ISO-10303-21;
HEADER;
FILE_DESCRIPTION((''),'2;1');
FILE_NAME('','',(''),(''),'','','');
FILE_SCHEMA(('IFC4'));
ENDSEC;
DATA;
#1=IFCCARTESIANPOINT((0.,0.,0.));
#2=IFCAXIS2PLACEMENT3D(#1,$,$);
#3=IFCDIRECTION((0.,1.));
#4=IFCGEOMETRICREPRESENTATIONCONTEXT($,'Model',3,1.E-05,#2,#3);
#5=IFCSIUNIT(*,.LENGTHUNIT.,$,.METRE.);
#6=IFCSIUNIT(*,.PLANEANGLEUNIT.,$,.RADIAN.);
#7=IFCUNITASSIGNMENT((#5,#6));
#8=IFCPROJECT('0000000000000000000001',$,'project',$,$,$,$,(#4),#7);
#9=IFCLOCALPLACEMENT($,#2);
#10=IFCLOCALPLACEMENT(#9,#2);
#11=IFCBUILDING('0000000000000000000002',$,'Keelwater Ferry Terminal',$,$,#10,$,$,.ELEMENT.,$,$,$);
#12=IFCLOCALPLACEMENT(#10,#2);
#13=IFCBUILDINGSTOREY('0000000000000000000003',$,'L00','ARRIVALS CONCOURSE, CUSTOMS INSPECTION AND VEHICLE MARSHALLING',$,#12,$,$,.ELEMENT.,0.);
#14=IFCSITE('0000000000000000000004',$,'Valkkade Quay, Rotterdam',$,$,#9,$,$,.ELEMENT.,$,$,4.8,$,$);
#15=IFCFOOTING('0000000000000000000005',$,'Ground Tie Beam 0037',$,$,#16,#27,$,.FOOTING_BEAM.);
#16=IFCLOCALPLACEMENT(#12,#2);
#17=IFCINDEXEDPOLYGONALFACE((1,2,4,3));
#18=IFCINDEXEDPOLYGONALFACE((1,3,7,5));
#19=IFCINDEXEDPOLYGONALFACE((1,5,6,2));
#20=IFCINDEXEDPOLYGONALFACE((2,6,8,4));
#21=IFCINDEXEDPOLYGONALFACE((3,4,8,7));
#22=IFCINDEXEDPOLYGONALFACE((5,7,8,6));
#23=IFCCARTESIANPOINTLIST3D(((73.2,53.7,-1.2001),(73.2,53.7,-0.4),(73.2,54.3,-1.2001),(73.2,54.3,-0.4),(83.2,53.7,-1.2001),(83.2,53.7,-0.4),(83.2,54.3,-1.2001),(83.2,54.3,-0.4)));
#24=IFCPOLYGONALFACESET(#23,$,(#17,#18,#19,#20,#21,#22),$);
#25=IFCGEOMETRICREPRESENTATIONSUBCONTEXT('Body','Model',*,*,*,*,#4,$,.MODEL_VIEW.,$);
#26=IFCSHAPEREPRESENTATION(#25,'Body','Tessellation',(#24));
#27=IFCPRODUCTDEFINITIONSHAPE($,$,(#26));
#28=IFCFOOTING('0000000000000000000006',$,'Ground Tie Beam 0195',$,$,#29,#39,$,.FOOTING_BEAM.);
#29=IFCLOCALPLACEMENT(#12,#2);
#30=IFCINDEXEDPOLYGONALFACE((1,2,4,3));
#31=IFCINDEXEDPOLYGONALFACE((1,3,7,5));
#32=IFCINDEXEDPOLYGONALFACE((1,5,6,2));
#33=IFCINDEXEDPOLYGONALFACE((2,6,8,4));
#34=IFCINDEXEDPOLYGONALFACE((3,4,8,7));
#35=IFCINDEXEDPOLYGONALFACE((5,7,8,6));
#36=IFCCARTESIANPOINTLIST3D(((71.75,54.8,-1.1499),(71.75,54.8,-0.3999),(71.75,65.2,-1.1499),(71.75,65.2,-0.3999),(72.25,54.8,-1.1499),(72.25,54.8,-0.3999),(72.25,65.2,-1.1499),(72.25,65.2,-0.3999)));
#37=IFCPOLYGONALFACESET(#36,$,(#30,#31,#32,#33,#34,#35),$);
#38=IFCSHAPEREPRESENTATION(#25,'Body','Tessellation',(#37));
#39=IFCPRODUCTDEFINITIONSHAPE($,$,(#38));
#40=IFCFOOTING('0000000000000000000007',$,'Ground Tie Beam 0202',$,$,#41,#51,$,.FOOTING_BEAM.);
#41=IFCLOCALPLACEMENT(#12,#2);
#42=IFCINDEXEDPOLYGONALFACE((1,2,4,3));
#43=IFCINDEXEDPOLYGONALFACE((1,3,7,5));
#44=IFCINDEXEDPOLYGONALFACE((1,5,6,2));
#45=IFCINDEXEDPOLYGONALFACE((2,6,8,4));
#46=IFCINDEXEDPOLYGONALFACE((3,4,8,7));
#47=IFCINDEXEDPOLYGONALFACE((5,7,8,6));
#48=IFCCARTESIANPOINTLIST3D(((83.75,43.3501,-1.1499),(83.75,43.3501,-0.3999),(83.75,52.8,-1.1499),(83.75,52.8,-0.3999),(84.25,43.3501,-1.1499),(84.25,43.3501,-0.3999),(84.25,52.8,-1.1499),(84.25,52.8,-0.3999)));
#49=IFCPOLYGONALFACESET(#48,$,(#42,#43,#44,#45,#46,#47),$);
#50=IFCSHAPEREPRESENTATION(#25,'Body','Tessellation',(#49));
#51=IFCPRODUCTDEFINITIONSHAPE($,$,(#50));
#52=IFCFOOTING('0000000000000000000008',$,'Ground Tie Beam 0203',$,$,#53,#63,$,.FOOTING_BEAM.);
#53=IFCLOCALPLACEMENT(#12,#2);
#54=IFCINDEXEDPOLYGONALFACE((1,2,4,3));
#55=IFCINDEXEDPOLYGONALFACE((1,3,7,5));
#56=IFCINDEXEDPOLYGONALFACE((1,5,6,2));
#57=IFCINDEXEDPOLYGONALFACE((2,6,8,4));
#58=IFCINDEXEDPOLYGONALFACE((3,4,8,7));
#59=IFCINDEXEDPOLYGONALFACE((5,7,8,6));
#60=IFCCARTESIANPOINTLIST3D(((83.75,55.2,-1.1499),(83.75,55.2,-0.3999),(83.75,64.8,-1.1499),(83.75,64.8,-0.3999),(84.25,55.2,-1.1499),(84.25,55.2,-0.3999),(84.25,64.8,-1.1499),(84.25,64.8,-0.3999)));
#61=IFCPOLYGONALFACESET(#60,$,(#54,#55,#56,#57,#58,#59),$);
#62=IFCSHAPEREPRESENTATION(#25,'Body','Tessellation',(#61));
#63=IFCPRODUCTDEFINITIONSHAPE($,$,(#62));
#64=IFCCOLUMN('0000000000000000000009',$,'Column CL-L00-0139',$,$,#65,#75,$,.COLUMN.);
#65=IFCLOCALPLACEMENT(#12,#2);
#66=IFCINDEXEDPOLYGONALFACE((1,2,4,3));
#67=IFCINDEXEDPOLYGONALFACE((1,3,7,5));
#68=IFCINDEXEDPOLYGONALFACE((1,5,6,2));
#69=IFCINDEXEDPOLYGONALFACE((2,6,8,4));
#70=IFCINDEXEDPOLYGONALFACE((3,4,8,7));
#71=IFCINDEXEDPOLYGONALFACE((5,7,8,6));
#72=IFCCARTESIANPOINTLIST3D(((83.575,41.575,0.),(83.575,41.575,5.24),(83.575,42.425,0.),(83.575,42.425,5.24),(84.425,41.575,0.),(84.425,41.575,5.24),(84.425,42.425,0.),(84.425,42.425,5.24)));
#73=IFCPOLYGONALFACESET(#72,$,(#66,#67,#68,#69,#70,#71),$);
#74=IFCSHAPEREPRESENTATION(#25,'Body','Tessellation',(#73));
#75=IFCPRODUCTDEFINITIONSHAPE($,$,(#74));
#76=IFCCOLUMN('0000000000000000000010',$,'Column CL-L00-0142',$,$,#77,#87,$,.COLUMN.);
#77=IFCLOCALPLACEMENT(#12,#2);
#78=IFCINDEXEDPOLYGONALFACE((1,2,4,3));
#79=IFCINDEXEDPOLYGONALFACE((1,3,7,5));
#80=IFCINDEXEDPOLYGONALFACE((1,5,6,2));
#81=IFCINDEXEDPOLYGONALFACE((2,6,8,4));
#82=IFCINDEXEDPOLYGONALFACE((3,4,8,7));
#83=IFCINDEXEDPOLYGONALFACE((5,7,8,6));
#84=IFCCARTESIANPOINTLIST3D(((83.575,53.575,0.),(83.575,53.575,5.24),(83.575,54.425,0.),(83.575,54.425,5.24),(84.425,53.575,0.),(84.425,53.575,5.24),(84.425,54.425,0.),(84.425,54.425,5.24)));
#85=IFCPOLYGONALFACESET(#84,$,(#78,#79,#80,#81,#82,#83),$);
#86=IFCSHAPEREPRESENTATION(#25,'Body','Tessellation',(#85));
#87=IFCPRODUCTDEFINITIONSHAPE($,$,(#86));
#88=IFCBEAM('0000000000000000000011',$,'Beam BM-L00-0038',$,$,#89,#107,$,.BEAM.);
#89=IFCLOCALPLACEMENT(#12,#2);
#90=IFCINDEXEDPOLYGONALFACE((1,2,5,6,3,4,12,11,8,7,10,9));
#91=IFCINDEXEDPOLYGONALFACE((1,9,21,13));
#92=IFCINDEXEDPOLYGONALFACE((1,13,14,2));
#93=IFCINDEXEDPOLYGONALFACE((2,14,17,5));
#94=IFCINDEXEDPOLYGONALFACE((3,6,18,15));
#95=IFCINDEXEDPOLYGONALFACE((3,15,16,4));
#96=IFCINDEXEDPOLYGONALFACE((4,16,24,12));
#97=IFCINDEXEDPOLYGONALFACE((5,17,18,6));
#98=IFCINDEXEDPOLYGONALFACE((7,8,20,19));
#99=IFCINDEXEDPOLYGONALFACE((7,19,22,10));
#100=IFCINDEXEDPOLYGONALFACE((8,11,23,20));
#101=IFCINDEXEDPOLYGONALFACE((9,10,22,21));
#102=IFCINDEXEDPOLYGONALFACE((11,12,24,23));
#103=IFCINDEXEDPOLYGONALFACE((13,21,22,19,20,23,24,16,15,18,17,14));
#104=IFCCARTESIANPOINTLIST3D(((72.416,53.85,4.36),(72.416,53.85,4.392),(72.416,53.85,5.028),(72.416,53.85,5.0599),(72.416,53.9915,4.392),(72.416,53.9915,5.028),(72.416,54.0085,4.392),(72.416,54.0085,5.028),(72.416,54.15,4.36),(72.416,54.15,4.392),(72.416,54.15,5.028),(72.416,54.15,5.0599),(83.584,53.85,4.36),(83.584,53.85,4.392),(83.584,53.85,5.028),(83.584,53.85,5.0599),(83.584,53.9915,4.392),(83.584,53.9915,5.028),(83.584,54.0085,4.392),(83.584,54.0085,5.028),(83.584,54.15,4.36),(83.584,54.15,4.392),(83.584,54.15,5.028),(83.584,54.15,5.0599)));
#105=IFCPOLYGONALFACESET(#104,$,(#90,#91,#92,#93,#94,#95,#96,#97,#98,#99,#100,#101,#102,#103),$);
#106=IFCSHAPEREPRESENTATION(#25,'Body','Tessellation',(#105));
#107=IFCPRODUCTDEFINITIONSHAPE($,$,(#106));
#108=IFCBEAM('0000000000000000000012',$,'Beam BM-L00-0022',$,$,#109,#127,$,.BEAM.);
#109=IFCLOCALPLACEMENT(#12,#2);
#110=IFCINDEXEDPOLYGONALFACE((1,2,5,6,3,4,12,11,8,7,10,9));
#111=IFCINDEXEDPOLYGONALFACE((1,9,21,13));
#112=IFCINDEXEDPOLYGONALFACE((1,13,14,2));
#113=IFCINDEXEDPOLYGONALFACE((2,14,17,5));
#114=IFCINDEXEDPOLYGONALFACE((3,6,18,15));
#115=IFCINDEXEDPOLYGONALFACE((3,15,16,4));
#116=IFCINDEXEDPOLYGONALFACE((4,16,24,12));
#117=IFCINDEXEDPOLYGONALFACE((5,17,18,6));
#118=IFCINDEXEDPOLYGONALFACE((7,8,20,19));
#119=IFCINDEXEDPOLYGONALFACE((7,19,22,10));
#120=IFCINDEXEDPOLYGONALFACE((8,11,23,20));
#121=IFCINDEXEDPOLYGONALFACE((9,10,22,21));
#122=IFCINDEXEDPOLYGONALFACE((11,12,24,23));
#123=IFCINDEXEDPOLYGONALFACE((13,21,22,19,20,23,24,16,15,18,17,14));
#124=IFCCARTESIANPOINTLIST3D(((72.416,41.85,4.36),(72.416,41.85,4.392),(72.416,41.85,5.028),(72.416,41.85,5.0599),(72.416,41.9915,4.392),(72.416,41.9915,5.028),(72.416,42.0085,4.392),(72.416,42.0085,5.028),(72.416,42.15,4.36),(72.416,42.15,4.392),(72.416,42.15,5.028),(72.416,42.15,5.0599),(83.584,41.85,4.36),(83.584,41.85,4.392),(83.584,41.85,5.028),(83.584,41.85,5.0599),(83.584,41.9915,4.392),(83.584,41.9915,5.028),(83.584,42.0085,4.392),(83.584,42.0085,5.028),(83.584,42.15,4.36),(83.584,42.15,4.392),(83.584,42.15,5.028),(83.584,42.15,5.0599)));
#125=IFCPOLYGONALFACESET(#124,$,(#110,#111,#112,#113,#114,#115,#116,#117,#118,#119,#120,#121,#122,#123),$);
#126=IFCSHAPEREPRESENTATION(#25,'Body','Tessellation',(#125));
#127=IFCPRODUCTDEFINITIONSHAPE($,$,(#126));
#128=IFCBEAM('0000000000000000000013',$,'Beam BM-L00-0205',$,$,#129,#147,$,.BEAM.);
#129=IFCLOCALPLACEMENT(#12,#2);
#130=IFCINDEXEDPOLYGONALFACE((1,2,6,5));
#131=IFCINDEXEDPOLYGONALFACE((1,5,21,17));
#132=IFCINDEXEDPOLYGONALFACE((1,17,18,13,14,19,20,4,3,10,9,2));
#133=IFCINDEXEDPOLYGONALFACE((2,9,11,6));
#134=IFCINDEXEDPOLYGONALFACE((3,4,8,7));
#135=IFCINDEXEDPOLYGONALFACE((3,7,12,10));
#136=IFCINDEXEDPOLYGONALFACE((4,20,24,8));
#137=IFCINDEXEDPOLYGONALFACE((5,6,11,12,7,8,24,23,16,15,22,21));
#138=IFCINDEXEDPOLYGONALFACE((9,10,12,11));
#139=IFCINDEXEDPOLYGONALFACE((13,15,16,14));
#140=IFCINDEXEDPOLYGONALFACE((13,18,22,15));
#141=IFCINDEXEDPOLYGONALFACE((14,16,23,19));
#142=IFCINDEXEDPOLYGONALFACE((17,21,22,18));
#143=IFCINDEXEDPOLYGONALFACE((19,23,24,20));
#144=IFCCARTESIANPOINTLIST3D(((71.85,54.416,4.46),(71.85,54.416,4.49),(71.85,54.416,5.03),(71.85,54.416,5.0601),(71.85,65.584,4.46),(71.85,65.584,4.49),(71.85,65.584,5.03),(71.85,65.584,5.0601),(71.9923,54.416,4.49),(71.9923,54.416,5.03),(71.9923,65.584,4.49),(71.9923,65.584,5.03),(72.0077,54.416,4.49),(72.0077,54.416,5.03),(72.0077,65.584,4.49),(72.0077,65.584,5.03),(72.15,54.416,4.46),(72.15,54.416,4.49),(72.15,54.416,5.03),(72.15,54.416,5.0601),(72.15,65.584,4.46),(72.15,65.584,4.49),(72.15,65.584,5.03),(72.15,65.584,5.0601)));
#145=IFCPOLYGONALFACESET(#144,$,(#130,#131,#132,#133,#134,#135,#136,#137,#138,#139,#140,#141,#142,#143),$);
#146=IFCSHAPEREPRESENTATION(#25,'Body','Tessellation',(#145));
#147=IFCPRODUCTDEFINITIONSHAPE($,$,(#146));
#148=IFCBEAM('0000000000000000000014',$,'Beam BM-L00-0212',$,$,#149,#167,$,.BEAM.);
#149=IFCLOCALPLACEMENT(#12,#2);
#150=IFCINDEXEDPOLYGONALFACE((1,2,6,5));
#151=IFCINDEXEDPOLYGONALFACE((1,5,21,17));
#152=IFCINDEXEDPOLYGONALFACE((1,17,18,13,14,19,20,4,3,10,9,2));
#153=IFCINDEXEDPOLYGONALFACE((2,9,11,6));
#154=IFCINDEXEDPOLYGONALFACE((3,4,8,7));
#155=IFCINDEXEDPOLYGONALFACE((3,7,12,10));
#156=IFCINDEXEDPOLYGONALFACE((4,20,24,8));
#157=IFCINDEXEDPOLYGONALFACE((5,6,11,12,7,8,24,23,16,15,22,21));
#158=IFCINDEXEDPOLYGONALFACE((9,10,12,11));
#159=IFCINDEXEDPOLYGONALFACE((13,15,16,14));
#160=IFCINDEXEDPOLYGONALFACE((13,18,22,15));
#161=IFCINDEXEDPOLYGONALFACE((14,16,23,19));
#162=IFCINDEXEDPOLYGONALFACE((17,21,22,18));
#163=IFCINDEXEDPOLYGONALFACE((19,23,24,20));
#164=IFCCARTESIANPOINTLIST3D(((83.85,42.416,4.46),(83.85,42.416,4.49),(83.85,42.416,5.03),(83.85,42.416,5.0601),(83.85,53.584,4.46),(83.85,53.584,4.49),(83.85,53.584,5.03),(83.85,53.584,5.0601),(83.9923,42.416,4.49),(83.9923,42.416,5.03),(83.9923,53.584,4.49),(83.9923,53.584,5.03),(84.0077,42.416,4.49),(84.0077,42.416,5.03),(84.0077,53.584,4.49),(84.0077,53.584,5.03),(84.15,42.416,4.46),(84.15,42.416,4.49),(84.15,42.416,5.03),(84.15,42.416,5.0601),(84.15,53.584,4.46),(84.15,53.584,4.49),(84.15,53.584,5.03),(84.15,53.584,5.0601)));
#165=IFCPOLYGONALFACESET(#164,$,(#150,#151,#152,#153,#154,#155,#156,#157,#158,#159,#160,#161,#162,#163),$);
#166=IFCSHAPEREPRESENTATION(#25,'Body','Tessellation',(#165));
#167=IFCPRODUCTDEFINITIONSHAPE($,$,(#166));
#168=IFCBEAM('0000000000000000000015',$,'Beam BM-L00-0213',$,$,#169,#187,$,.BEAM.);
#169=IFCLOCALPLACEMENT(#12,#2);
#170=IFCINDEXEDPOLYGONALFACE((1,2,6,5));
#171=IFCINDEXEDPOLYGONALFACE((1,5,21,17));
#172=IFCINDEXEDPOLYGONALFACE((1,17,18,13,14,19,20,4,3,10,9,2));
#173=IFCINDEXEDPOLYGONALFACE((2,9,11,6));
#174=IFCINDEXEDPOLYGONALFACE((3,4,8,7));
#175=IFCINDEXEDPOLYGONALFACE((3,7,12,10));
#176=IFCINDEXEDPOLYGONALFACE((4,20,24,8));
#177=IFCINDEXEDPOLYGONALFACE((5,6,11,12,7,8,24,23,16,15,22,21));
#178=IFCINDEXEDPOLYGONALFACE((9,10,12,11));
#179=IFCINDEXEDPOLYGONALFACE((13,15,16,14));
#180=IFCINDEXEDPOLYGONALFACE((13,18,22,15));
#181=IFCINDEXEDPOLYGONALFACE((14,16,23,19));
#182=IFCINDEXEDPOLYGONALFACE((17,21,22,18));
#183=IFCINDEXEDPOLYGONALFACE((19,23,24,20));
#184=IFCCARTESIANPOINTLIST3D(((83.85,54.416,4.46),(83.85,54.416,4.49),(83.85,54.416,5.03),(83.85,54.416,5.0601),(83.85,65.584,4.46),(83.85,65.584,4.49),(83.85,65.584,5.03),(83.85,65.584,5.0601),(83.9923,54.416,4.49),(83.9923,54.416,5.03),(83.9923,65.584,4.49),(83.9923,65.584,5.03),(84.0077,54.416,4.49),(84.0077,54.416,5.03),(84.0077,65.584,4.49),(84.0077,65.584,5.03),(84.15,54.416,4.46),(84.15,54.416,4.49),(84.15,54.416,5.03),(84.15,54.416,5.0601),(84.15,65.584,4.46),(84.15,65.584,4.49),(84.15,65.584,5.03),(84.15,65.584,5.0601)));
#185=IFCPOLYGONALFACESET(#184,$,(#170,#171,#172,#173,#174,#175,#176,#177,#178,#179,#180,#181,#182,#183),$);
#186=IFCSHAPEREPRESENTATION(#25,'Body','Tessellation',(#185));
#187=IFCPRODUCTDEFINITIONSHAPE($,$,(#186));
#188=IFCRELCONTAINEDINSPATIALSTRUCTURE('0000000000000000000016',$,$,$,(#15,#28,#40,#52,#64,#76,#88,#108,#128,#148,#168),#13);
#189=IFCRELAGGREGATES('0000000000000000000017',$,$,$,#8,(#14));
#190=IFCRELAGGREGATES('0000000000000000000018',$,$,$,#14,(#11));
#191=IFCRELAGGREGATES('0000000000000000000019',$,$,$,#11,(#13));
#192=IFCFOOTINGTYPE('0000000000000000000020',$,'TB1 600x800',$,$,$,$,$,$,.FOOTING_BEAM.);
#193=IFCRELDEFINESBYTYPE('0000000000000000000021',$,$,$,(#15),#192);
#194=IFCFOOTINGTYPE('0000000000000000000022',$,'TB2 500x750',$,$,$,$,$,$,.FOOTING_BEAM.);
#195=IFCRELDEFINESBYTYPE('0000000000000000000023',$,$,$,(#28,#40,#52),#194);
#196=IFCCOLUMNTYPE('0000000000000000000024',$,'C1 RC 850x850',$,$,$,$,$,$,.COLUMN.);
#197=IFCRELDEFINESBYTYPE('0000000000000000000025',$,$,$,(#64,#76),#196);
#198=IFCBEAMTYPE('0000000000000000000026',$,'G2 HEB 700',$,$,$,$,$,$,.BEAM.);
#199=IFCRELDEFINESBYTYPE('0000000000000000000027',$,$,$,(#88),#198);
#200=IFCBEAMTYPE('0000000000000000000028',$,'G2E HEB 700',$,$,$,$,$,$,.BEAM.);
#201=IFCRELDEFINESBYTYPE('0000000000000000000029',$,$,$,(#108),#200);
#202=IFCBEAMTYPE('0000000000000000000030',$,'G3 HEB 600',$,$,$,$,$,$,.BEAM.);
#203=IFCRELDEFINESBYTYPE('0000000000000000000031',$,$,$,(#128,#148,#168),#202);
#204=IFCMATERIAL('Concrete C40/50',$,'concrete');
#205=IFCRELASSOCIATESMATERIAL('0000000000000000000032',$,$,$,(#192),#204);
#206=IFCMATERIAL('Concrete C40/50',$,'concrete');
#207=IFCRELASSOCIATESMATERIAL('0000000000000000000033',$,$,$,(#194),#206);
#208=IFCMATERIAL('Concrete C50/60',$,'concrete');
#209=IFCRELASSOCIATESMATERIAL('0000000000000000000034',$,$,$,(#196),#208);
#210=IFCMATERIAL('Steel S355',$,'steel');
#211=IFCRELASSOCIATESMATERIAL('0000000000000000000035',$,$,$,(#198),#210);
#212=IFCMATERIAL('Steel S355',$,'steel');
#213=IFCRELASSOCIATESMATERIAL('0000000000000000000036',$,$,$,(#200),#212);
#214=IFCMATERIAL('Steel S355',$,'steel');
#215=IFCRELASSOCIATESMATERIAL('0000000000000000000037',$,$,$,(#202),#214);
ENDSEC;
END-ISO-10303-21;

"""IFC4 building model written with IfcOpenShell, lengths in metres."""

from ifc_helpers import new_model, si_unit, direction, frame, origin, origin_2d, place, context, subcontext, project, spatial, rectangle, i_section, extrude, material, material_profile, profile_set, type_object, element, save


model = new_model("IFC4")

# Units and contexts
model_context = context("Model", 3, precision=1e-05, world=origin(), true_north=direction((0.0, 1.0)))
body_context = subcontext(model_context, "Body", "Model", "MODEL_VIEW")
ifc_project = project(units=[si_unit("LENGTHUNIT", "METRE"), si_unit("PLANEANGLEUNIT", "RADIAN")], contexts=[model_context])

# Site, building, storey
site_placement = place(None, origin())
site = spatial("IfcSite", under=ifc_project, at=site_placement, Name="Valkkade Quay, Rotterdam", CompositionType="ELEMENT", RefElevation=4.8)
building_placement = place(site_placement, origin())
building = spatial("IfcBuilding", under=site, at=building_placement, Name="Keelwater Ferry Terminal", CompositionType="ELEMENT")
storey_placement = place(building_placement, origin())
storey = spatial("IfcBuildingStorey", under=building, at=storey_placement, Name="L00", Description="ARRIVALS CONCOURSE, CUSTOMS INSPECTION AND VEHICLE MARSHALLING", CompositionType="ELEMENT", Elevation=0.0)

# Footings
ifc_material_1 = material(Name="Concrete C40/50", Category="concrete")
ifc_material_profile_1 = material_profile(ifc_material_1, rectangle(XDim=0.6001, YDim=0.8, at=origin_2d()), Name="TB 600x800")
ifc_profile_set_1 = profile_set([ifc_material_profile_1], Name="Concrete C40/50")
footing_type_1 = type_object("IfcFootingType", Name="TB1 600x800", PredefinedType="FOOTING_BEAM", material=ifc_profile_set_1)
footing_1_placement = place(storey_placement, frame((73.2, 54.0, -0.8), z_axis=(1.0, 0.0, 0.0), x_axis=(0.0, 1.0, 0.0)))
element("IfcFooting", 1, at=footing_1_placement, inside=storey, type_object=footing_type_1, Name="Ground Tie Beam 0037", PredefinedType="FOOTING_BEAM", context=body_context, shape_type="SweptSolid", body=[
    extrude(rectangle(XDim=0.6001, YDim=0.8, at=origin_2d()), origin(), (0.0, 0.0, 1.0), 10.0),
])
ifc_material_2 = material(Name="Concrete C40/50", Category="concrete")
ifc_material_profile_2 = material_profile(ifc_material_2, rectangle(XDim=0.5, YDim=0.75, at=origin_2d()), Name="TB 500x750")
ifc_profile_set_2 = profile_set([ifc_material_profile_2], Name="Concrete C40/50")
footing_type_2 = type_object("IfcFootingType", Name="TB2 500x750", PredefinedType="FOOTING_BEAM", material=ifc_profile_set_2)
footing_2_placement = place(storey_placement, frame((72.0, 54.8, -0.7749), z_axis=(0.0, 1.0, 0.0), x_axis=(-1.0, 0.0, 0.0)))
element("IfcFooting", 2, at=footing_2_placement, inside=storey, type_object=footing_type_2, Name="Ground Tie Beam 0195", PredefinedType="FOOTING_BEAM", context=body_context, shape_type="SweptSolid", body=[
    extrude(rectangle(XDim=0.5, YDim=0.75, at=origin_2d()), origin(), (0.0, 0.0, 1.0), 10.3999),
])
footing_3_placement = place(storey_placement, frame((84.0, 43.3501, -0.7749), z_axis=(0.0, 1.0, 0.0), x_axis=(-1.0, 0.0, 0.0)))
element("IfcFooting", 3, at=footing_3_placement, inside=storey, type_object=footing_type_2, Name="Ground Tie Beam 0202", PredefinedType="FOOTING_BEAM", context=body_context, shape_type="SweptSolid", body=[
    extrude(rectangle(XDim=0.5, YDim=0.75, at=origin_2d()), origin(), (0.0, 0.0, 1.0), 9.45),
])
footing_4_placement = place(storey_placement, frame((84.0, 55.2, -0.7749), z_axis=(0.0, 1.0, 0.0), x_axis=(-1.0, 0.0, 0.0)))
element("IfcFooting", 4, at=footing_4_placement, inside=storey, type_object=footing_type_2, Name="Ground Tie Beam 0203", PredefinedType="FOOTING_BEAM", context=body_context, shape_type="SweptSolid", body=[
    extrude(rectangle(XDim=0.5, YDim=0.75, at=origin_2d()), origin(), (0.0, 0.0, 1.0), 9.6001),
])

# Columns
ifc_material_3 = material(Name="Concrete C50/60", Category="concrete")
ifc_material_profile_3 = material_profile(ifc_material_3, rectangle(XDim=0.8501, YDim=0.8501, at=origin_2d()), Name="RC 850x850")
ifc_profile_set_3 = profile_set([ifc_material_profile_3], Name="Concrete C50/60")
column_type = type_object("IfcColumnType", Name="C1 RC 850x850", PredefinedType="COLUMN", material=ifc_profile_set_3)
for number, where, z_axis, x_axis, name in (
    (5, (84.0, 42.0, 0.0), (0.0, 0.0, 1.0), (1.0, 0.0, 0.0), "Column CL-L00-0139"),
    (6, (84.0, 54.0, 0.0), (0.0, 0.0, 1.0), (1.0, 0.0, 0.0), "Column CL-L00-0142"),
):
    element("IfcColumn", number, at=place(storey_placement, frame(where, z_axis=z_axis, x_axis=x_axis)), inside=storey, type_object=column_type, Name=name, PredefinedType="COLUMN", context=body_context, shape_type="SweptSolid", body=[
        extrude(rectangle(XDim=0.8501, YDim=0.8501, at=origin_2d()), origin(), (0.0, 0.0, 1.0), 5.24),
    ])

# Beams
ifc_material_4 = material(Name="Steel S355", Category="steel")
ifc_material_profile_4 = material_profile(ifc_material_4, i_section(OverallWidth=0.3, OverallDepth=0.7, WebThickness=0.0171, FlangeThickness=0.032, at=origin_2d()), Name="HEB 700")
ifc_profile_set_4 = profile_set([ifc_material_profile_4], Name="Steel S355")
beam_type_1 = type_object("IfcBeamType", Name="G2 HEB 700", PredefinedType="BEAM", material=ifc_profile_set_4)
beam_1_placement = place(storey_placement, frame((72.416, 54.0, 4.71), z_axis=(1.0, 0.0, 0.0), x_axis=(0.0, 1.0, 0.0)))
element("IfcBeam", 7, at=beam_1_placement, inside=storey, type_object=beam_type_1, Name="Beam BM-L00-0038", PredefinedType="BEAM", context=body_context, shape_type="SweptSolid", body=[
    extrude(i_section(OverallWidth=0.3, OverallDepth=0.7, WebThickness=0.0171, FlangeThickness=0.032, at=origin_2d()), origin(), (0.0, 0.0, 1.0), 11.168),
])
ifc_material_5 = material(Name="Steel S355", Category="steel")
ifc_material_profile_5 = material_profile(ifc_material_5, i_section(OverallWidth=0.3, OverallDepth=0.7, WebThickness=0.0171, FlangeThickness=0.032, at=origin_2d()), Name="HEB 700")
ifc_profile_set_5 = profile_set([ifc_material_profile_5], Name="Steel S355")
beam_type_2 = type_object("IfcBeamType", Name="G2E HEB 700", PredefinedType="BEAM", material=ifc_profile_set_5)
beam_2_placement = place(storey_placement, frame((72.416, 42.0, 4.71), z_axis=(1.0, 0.0, 0.0), x_axis=(0.0, 1.0, 0.0)))
element("IfcBeam", 8, at=beam_2_placement, inside=storey, type_object=beam_type_2, Name="Beam BM-L00-0022", PredefinedType="BEAM", context=body_context, shape_type="SweptSolid", body=[
    extrude(i_section(OverallWidth=0.3, OverallDepth=0.7, WebThickness=0.0171, FlangeThickness=0.032, at=origin_2d()), origin(), (0.0, 0.0, 1.0), 11.168),
])
ifc_material_6 = material(Name="Steel S355", Category="steel")
ifc_material_profile_6 = material_profile(ifc_material_6, i_section(OverallWidth=0.3, OverallDepth=0.6001, WebThickness=0.0154, FlangeThickness=0.03, at=origin_2d()), Name="HEB 600")
ifc_profile_set_6 = profile_set([ifc_material_profile_6], Name="Steel S355")
beam_type_3 = type_object("IfcBeamType", Name="G3 HEB 600", PredefinedType="BEAM", material=ifc_profile_set_6)
for number, where, z_axis, x_axis, name in (
    (9, (72.0, 54.416, 4.76), (0.0, 1.0, 0.0), (-1.0, 0.0, 0.0), "Beam BM-L00-0205"),
    (10, (84.0, 42.416, 4.76), (0.0, 1.0, 0.0), (-1.0, 0.0, 0.0), "Beam BM-L00-0212"),
    (11, (84.0, 54.416, 4.76), (0.0, 1.0, 0.0), (-1.0, 0.0, 0.0), "Beam BM-L00-0213"),
):
    element("IfcBeam", number, at=place(storey_placement, frame(where, z_axis=z_axis, x_axis=x_axis)), inside=storey, type_object=beam_type_3, Name=name, PredefinedType="BEAM", context=body_context, shape_type="SweptSolid", body=[
        extrude(i_section(OverallWidth=0.3, OverallDepth=0.6001, WebThickness=0.0154, FlangeThickness=0.03, at=origin_2d()), origin(), (0.0, 0.0, 1.0), 11.168),
    ])

save(model, "model.ifc")
